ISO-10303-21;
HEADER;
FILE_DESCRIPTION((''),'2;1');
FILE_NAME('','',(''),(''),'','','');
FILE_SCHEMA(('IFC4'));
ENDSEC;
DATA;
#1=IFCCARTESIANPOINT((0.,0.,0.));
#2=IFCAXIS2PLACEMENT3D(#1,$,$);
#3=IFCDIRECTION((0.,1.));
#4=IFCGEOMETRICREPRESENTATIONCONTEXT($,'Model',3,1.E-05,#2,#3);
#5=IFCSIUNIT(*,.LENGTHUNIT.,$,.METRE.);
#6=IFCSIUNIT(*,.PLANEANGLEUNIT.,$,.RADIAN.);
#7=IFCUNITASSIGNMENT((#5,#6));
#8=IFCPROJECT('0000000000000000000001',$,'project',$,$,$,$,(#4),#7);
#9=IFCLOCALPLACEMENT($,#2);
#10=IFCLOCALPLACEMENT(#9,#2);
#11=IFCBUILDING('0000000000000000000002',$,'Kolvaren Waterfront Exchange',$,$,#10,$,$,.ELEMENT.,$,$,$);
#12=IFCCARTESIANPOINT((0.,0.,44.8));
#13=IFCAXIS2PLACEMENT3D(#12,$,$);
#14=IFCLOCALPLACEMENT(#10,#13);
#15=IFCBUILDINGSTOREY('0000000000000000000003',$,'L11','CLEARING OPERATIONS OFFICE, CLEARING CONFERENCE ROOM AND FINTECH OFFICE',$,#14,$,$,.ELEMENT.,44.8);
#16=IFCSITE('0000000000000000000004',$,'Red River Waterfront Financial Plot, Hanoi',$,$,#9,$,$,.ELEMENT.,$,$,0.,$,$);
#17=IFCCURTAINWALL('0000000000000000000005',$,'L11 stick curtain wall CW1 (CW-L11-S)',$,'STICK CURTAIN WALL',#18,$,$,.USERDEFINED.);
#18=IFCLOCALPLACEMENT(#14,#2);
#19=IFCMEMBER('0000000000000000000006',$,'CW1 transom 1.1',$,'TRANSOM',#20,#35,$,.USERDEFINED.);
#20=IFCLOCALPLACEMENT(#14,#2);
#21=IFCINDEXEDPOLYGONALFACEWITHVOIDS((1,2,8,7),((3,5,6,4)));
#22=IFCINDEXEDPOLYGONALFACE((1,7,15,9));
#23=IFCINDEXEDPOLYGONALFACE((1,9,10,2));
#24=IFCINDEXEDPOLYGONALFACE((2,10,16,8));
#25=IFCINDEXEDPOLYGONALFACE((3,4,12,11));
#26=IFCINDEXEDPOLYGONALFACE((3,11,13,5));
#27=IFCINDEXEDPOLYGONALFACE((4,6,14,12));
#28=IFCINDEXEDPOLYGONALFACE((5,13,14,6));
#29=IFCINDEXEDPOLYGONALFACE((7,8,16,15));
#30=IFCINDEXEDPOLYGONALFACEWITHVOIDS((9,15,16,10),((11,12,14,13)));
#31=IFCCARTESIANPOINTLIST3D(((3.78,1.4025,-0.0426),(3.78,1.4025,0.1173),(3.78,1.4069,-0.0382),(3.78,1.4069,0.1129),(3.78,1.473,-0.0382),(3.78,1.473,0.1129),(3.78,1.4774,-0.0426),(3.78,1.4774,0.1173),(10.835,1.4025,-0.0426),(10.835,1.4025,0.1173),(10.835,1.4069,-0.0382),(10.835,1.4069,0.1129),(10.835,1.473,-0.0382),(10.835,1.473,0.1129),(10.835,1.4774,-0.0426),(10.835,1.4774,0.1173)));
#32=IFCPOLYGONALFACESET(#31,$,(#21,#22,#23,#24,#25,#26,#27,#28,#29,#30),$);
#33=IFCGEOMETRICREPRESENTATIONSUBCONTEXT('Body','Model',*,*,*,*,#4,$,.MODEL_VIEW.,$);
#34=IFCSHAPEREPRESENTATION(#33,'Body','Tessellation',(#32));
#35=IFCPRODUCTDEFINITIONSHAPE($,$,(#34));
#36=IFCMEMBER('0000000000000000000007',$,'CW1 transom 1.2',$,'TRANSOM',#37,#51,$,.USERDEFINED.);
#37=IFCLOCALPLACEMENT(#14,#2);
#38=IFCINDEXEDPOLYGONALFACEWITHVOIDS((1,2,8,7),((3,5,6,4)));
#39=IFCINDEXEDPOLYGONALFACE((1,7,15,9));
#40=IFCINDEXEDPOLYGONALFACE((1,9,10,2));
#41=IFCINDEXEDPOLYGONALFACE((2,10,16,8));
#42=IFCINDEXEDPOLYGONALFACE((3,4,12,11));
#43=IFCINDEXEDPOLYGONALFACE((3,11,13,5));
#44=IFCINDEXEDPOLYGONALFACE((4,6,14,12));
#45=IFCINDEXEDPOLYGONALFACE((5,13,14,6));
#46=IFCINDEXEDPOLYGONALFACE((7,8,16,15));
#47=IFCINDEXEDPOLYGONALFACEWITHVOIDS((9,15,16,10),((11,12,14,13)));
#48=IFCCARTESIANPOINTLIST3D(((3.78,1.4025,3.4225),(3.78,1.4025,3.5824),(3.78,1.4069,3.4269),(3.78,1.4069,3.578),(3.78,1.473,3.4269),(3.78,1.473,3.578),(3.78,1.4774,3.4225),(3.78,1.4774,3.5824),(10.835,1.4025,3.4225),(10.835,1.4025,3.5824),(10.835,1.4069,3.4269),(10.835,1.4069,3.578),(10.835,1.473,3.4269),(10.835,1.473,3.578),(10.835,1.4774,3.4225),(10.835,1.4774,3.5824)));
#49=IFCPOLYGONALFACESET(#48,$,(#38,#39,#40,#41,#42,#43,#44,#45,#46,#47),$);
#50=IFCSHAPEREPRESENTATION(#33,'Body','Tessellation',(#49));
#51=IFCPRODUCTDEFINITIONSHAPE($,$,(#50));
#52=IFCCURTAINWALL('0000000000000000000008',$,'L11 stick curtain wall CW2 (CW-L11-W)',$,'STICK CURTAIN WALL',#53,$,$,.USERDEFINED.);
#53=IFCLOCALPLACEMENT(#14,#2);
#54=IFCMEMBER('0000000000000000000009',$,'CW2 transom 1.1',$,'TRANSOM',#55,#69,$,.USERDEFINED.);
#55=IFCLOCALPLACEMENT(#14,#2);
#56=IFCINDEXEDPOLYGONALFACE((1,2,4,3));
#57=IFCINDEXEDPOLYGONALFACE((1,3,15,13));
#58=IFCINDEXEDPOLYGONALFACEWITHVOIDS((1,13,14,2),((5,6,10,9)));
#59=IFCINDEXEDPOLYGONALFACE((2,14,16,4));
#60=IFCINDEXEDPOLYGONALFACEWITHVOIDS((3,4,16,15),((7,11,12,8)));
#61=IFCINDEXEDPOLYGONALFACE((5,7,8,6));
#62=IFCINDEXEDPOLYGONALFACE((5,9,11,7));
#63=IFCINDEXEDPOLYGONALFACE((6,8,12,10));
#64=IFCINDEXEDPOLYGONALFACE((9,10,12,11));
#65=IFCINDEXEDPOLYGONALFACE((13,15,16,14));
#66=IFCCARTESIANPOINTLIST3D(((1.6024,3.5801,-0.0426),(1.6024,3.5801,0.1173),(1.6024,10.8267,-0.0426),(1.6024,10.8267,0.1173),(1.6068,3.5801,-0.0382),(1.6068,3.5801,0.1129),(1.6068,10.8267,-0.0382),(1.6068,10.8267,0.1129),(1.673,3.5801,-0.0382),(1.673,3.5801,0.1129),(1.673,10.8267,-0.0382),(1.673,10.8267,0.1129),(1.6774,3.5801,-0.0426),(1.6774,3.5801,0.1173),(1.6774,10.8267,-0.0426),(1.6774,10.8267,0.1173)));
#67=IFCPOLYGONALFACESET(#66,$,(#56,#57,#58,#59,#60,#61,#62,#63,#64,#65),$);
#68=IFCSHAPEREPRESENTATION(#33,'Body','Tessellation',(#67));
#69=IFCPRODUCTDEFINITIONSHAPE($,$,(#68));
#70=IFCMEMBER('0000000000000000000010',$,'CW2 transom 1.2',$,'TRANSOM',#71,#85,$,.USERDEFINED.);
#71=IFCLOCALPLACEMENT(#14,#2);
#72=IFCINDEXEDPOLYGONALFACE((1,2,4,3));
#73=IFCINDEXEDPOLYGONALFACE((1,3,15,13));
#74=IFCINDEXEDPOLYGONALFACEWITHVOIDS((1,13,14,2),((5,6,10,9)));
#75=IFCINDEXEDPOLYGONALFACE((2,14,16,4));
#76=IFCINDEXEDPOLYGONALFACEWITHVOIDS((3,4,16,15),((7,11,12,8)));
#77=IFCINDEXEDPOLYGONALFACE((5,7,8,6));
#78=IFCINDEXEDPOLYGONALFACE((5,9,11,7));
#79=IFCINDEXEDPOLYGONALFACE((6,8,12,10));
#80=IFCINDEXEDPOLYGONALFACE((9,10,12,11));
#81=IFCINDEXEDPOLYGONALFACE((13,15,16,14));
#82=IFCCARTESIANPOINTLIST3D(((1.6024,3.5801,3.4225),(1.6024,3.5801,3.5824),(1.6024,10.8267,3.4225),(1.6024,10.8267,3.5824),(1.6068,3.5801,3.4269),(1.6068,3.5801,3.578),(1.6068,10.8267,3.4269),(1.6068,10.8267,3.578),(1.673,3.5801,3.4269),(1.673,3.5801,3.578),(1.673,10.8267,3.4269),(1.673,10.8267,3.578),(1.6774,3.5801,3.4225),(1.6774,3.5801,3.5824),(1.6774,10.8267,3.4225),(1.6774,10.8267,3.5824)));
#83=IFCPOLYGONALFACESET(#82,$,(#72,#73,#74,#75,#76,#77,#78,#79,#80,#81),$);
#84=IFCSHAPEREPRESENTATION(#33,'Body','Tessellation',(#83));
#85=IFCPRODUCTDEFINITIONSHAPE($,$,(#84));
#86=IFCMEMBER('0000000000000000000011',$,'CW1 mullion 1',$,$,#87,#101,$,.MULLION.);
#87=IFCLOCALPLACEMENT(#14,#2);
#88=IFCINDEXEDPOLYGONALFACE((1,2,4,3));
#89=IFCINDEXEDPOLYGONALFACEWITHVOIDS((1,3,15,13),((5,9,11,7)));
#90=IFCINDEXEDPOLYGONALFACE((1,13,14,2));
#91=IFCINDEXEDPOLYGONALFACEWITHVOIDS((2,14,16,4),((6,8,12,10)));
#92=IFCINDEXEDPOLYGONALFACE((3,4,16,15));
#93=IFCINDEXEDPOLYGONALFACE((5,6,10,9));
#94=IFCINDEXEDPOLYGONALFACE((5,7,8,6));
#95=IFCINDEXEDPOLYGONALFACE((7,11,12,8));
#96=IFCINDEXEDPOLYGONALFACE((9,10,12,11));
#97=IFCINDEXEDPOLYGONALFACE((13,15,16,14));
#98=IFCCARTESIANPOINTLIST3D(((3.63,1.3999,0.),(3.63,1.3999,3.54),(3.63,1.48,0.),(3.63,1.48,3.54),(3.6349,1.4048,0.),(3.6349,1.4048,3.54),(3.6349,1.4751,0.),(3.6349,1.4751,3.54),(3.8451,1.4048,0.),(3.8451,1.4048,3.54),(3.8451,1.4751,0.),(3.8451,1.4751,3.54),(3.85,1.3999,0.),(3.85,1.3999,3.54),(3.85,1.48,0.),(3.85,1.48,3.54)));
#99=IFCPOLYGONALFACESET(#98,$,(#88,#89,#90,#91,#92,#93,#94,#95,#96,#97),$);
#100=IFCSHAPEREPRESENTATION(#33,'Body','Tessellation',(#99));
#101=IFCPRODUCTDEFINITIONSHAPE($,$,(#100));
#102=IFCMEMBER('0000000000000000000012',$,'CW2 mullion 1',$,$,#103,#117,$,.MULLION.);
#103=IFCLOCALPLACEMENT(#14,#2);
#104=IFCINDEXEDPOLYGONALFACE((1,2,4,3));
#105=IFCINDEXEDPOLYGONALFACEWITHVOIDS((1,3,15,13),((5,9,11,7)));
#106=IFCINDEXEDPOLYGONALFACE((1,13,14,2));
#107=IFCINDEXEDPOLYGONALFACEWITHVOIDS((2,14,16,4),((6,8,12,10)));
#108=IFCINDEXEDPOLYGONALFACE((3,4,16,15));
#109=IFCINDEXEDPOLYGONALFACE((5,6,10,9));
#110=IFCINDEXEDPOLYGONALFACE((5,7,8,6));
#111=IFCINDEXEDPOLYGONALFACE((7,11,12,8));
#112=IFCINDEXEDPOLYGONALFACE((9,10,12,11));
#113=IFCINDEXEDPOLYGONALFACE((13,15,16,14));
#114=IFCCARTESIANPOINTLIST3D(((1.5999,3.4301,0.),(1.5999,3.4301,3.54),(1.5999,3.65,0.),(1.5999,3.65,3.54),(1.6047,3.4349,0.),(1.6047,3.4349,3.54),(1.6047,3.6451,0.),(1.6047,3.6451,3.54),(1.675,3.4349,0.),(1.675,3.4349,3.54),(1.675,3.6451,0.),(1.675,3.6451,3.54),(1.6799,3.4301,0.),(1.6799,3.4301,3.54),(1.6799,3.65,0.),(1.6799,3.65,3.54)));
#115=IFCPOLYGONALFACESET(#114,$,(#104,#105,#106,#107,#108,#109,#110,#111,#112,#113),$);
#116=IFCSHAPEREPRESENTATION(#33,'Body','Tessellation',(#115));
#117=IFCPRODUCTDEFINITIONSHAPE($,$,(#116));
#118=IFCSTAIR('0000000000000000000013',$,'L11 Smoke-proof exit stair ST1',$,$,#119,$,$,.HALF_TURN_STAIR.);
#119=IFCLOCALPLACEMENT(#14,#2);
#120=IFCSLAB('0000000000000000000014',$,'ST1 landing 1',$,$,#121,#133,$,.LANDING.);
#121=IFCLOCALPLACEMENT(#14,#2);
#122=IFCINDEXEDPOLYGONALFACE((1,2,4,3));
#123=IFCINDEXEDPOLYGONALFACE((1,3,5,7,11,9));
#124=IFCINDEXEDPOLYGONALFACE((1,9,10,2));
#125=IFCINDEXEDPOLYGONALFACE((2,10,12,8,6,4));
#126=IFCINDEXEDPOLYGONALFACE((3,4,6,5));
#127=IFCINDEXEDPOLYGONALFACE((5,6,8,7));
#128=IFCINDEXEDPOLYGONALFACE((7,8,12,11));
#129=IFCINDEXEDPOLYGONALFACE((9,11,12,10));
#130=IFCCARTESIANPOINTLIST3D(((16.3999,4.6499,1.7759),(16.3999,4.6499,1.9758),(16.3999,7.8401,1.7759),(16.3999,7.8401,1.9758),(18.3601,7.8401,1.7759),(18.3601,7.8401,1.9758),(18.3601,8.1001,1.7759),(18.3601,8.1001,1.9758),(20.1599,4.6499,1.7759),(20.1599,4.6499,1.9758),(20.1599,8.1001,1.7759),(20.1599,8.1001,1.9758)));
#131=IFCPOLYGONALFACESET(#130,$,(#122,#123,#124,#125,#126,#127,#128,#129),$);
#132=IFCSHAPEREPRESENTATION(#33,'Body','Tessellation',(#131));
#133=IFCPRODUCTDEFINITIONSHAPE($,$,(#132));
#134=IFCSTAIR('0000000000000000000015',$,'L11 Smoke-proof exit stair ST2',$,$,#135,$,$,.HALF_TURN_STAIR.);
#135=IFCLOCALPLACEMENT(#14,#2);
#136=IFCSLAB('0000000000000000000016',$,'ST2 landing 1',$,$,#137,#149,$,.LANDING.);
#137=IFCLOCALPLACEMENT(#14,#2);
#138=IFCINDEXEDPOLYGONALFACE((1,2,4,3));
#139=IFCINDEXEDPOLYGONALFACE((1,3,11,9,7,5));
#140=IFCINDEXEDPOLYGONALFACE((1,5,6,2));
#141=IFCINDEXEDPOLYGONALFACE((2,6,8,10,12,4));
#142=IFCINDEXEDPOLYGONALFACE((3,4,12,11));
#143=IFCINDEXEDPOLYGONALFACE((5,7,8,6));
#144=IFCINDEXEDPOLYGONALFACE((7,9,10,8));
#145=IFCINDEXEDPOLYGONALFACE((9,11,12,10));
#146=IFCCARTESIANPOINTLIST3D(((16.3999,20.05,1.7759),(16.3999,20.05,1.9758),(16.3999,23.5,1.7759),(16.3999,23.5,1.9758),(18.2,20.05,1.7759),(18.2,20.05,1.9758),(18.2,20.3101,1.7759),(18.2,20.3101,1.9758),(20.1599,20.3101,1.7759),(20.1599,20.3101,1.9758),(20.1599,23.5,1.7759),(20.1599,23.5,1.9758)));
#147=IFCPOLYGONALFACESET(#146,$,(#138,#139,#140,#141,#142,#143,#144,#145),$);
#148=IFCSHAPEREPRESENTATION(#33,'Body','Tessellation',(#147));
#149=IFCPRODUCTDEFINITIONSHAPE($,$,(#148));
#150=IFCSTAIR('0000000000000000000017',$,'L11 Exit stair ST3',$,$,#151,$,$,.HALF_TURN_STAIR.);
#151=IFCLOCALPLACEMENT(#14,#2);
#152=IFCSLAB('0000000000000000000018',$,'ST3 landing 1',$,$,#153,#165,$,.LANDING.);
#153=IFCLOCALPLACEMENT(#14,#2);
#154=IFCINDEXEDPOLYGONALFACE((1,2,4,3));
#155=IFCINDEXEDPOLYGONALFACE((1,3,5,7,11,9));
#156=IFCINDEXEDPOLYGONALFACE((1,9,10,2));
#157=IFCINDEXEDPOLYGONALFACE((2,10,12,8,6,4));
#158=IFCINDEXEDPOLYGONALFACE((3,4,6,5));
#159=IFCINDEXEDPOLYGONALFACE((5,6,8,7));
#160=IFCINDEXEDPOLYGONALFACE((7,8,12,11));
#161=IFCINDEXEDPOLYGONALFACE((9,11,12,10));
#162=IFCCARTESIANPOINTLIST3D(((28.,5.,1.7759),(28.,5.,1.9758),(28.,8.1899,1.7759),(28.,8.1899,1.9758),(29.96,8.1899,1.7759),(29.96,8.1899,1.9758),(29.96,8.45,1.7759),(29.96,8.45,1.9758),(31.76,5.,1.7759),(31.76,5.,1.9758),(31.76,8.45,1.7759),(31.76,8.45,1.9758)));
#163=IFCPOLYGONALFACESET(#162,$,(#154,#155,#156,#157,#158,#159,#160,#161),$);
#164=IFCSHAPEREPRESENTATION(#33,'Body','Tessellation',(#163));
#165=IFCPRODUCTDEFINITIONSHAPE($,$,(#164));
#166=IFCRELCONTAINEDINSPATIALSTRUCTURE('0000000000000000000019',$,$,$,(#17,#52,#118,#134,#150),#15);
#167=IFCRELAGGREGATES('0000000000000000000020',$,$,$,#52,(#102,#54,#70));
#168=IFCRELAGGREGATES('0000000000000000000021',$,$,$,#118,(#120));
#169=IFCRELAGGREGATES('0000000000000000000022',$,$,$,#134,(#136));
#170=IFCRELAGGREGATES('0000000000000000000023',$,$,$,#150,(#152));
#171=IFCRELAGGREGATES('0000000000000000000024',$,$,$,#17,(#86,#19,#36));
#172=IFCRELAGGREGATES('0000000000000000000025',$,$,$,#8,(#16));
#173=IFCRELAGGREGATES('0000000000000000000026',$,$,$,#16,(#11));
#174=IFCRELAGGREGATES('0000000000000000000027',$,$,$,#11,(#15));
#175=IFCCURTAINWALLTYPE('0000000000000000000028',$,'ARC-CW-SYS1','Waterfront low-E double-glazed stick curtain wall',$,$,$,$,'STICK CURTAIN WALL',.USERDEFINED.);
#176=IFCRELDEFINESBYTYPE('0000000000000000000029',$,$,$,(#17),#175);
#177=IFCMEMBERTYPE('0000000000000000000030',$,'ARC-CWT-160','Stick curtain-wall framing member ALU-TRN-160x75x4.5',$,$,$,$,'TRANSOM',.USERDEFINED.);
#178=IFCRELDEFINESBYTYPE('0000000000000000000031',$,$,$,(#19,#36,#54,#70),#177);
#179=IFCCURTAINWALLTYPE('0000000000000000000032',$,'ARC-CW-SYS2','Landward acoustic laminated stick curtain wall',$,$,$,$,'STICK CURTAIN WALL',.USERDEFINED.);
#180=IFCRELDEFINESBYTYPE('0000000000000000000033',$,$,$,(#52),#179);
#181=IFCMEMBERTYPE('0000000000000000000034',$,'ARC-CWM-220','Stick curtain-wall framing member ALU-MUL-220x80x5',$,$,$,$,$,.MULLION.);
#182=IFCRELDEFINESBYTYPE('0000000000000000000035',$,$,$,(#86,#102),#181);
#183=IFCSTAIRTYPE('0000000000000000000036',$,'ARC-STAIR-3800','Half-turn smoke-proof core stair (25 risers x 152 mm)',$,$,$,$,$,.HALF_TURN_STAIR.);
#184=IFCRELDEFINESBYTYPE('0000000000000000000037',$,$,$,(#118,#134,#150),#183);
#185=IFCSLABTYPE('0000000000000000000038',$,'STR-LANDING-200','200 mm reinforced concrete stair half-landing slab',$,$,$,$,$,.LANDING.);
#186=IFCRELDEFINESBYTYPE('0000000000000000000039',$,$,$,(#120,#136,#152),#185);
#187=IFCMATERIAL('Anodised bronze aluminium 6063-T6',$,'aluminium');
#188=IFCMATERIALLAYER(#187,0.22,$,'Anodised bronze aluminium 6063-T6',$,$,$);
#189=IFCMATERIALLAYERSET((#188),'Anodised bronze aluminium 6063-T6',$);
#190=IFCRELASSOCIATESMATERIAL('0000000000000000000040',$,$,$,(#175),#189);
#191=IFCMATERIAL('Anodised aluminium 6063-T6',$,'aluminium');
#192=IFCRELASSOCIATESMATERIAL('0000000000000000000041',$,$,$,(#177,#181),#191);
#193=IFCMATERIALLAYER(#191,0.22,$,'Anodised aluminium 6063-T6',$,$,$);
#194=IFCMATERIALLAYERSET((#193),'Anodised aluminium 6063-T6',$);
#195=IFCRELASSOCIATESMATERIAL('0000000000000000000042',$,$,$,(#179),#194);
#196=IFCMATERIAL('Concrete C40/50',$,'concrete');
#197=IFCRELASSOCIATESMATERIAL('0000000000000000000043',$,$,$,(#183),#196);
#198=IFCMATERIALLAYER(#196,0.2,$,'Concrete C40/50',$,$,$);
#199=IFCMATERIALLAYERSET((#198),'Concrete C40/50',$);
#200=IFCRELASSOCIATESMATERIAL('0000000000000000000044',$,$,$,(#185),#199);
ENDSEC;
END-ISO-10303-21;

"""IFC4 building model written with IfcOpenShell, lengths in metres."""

from ifc_helpers import new_model, si_unit, direction, frame, origin, origin_with_axes, origin_2d, place, context, subcontext, project, spatial, polyline, hollow_rectangle, outline, extrude, source, transform, mapped, material, layer, layer_set, material_profile, profile_set, type_object, element, aggregate, save


model = new_model("IFC4")

# Units and contexts
model_context = context("Model", 3, precision=1e-05, world=origin(), true_north=direction((0.0, 1.0)))
body_context = subcontext(model_context, "Body", "Model", "MODEL_VIEW")
ifc_project = project(units=[si_unit("LENGTHUNIT", "METRE"), si_unit("PLANEANGLEUNIT", "RADIAN")], contexts=[model_context])

# Site, building, storey
site_placement = place(None, origin())
site = spatial("IfcSite", under=ifc_project, at=site_placement, Name="Red River Waterfront Financial Plot, Hanoi", CompositionType="ELEMENT", RefElevation=0.0)
building_placement = place(site_placement, origin())
building = spatial("IfcBuilding", under=site, at=building_placement, Name="Kolvaren Waterfront Exchange", CompositionType="ELEMENT")
storey_placement = place(building_placement, frame((0.0, 0.0, 44.8)))
storey = spatial("IfcBuildingStorey", under=building, at=storey_placement, Name="L11", Description="CLEARING OPERATIONS OFFICE, CLEARING CONFERENCE ROOM AND FINTECH OFFICE", CompositionType="ELEMENT", Elevation=44.8)

# Curtain walls, members
ifc_material_1 = material(Name="Anodised bronze aluminium 6063-T6", Category="aluminium")
ifc_layer_1 = layer(ifc_material_1, 0.22, Name="Anodised bronze aluminium 6063-T6")
ifc_layer_set_1 = layer_set([ifc_layer_1], Name="Anodised bronze aluminium 6063-T6")
curtain_wall_type_1 = type_object("IfcCurtainWallType", Name="ARC-CW-SYS1", Description="Waterfront low-E double-glazed stick curtain wall", ElementType="STICK CURTAIN WALL", PredefinedType="USERDEFINED", material=ifc_layer_set_1)
curtain_wall_1_placement = place(storey_placement, origin())
curtain_wall_1 = element("IfcCurtainWall", 1, at=curtain_wall_1_placement, inside=storey, type_object=curtain_wall_type_1, Name="L11 stick curtain wall CW1 (CW-L11-S)", ObjectType="STICK CURTAIN WALL", PredefinedType="USERDEFINED")
ifc_material_2 = material(Name="Anodised aluminium 6063-T6", Category="aluminium")
ifc_material_profile_1 = material_profile(ifc_material_2, hollow_rectangle(XDim=0.075, YDim=0.1599, WallThickness=0.0044, at=origin_2d()), Name="ALU-TRN-160x75x4.5")
ifc_profile_set_1 = profile_set([ifc_material_profile_1], Name="Anodised aluminium 6063-T6")
member_type_1 = type_object("IfcMemberType", Name="ARC-CWT-160", Description="Stick curtain-wall framing member ALU-TRN-160x75x4.5", ElementType="TRANSOM", PredefinedType="USERDEFINED", material=ifc_profile_set_1)
shared_shape_1 = source(origin_with_axes(), body_context, "Body", "SweptSolid", [
    extrude(hollow_rectangle(XDim=0.075, YDim=0.1599, WallThickness=0.0044, at=origin_2d()), origin(), (0.0, 0.0, 1.0), 7.0549),
])
member_1_placement = place(storey_placement, frame((3.78, 1.4399, 0.0374), z_axis=(1.0, 0.0, 0.0), x_axis=(0.0, 1.0, 0.0)))
member_1 = element("IfcMember", 2, at=member_1_placement, type_object=member_type_1, Name="CW1 transom 1.1", ObjectType="TRANSOM", PredefinedType="USERDEFINED", context=body_context, shape_type="MappedRepresentation", body=[
    mapped(shared_shape_1, transform((0.0, 0.0, 0.0), x_axis=(1.0, 0.0, 0.0), y_axis=(0.0, 1.0, 0.0), z_axis=(0.0, 0.0, 1.0), scale=1.0)),
])
member_2_placement = place(storey_placement, frame((3.78, 1.4399, 3.5024), z_axis=(1.0, 0.0, 0.0), x_axis=(0.0, 1.0, 0.0)))
member_2 = element("IfcMember", 3, at=member_2_placement, type_object=member_type_1, Name="CW1 transom 1.2", ObjectType="TRANSOM", PredefinedType="USERDEFINED", context=body_context, shape_type="MappedRepresentation", body=[
    mapped(shared_shape_1, transform((0.0, 0.0, 0.0), x_axis=(1.0, 0.0, 0.0), y_axis=(0.0, 1.0, 0.0), z_axis=(0.0, 0.0, 1.0), scale=1.0)),
])
ifc_layer_2 = layer(ifc_material_2, 0.22, Name="Anodised aluminium 6063-T6")
ifc_layer_set_2 = layer_set([ifc_layer_2], Name="Anodised aluminium 6063-T6")
curtain_wall_type_2 = type_object("IfcCurtainWallType", Name="ARC-CW-SYS2", Description="Landward acoustic laminated stick curtain wall", ElementType="STICK CURTAIN WALL", PredefinedType="USERDEFINED", material=ifc_layer_set_2)
curtain_wall_2_placement = place(storey_placement, origin())
curtain_wall_2 = element("IfcCurtainWall", 4, at=curtain_wall_2_placement, inside=storey, type_object=curtain_wall_type_2, Name="L11 stick curtain wall CW2 (CW-L11-W)", ObjectType="STICK CURTAIN WALL", PredefinedType="USERDEFINED")
shared_shape_2 = source(origin_with_axes(), body_context, "Body", "SweptSolid", [
    extrude(hollow_rectangle(XDim=0.075, YDim=0.1599, WallThickness=0.0044, at=origin_2d()), origin(), (0.0, 0.0, 1.0), 7.2466),
])
member_3_placement = place(storey_placement, frame((1.6399, 3.5801, 0.0374), z_axis=(0.0, 1.0, 0.0), x_axis=(-1.0, 0.0, 0.0)))
member_3 = element("IfcMember", 5, at=member_3_placement, type_object=member_type_1, Name="CW2 transom 1.1", ObjectType="TRANSOM", PredefinedType="USERDEFINED", context=body_context, shape_type="MappedRepresentation", body=[
    mapped(shared_shape_2, transform((0.0, 0.0, 0.0), x_axis=(1.0, 0.0, 0.0), y_axis=(0.0, 1.0, 0.0), z_axis=(0.0, 0.0, 1.0), scale=1.0)),
])
member_4_placement = place(storey_placement, frame((1.6399, 3.5801, 3.5024), z_axis=(0.0, 1.0, 0.0), x_axis=(-1.0, 0.0, 0.0)))
member_4 = element("IfcMember", 6, at=member_4_placement, type_object=member_type_1, Name="CW2 transom 1.2", ObjectType="TRANSOM", PredefinedType="USERDEFINED", context=body_context, shape_type="MappedRepresentation", body=[
    mapped(shared_shape_2, transform((0.0, 0.0, 0.0), x_axis=(1.0, 0.0, 0.0), y_axis=(0.0, 1.0, 0.0), z_axis=(0.0, 0.0, 1.0), scale=1.0)),
])

# Members
ifc_material_profile_2 = material_profile(ifc_material_2, hollow_rectangle(XDim=0.0801, YDim=0.22, WallThickness=0.0049, at=origin_2d()), Name="ALU-MUL-220x80x5")
ifc_profile_set_2 = profile_set([ifc_material_profile_2], Name="Anodised aluminium 6063-T6")
member_type_2 = type_object("IfcMemberType", Name="ARC-CWM-220", Description="Stick curtain-wall framing member ALU-MUL-220x80x5", PredefinedType="MULLION", material=ifc_profile_set_2)
shared_shape_3 = source(origin_with_axes(), body_context, "Body", "SweptSolid", [
    extrude(hollow_rectangle(XDim=0.0801, YDim=0.22, WallThickness=0.0049, at=origin_2d()), origin(), (0.0, 0.0, 1.0), 3.54),
])
member_5_placement = place(storey_placement, frame((3.74, 1.4399, 0.0), z_axis=(0.0, 0.0, 1.0), x_axis=(0.0, 1.0, 0.0)))
member_5 = element("IfcMember", 7, at=member_5_placement, type_object=member_type_2, Name="CW1 mullion 1", PredefinedType="MULLION", context=body_context, shape_type="MappedRepresentation", body=[
    mapped(shared_shape_3, transform((0.0, 0.0, 0.0), x_axis=(1.0, 0.0, 0.0), y_axis=(0.0, 1.0, 0.0), z_axis=(0.0, 0.0, 1.0), scale=1.0)),
])
member_6_placement = place(storey_placement, frame((1.6399, 3.54, 0.0), z_axis=(0.0, 0.0, 1.0), x_axis=(-1.0, 0.0, 0.0)))
member_6 = element("IfcMember", 8, at=member_6_placement, type_object=member_type_2, Name="CW2 mullion 1", PredefinedType="MULLION", context=body_context, shape_type="MappedRepresentation", body=[
    mapped(shared_shape_3, transform((0.0, 0.0, 0.0), x_axis=(1.0, 0.0, 0.0), y_axis=(0.0, 1.0, 0.0), z_axis=(0.0, 0.0, 1.0), scale=1.0)),
])
aggregate(curtain_wall_2, [member_6, member_3, member_4])

# Stairs, slabs
ifc_material_3 = material(Name="Concrete C40/50", Category="concrete")
stair_type = type_object("IfcStairType", Name="ARC-STAIR-3800", Description="Half-turn smoke-proof core stair (25 risers x 152 mm)", PredefinedType="HALF_TURN_STAIR", material=ifc_material_3)
stair_1_placement = place(storey_placement, origin())
stair_1 = element("IfcStair", 9, at=stair_1_placement, inside=storey, type_object=stair_type, Name="L11 Smoke-proof exit stair ST1", PredefinedType="HALF_TURN_STAIR")
ifc_layer_3 = layer(ifc_material_3, 0.2, Name="Concrete C40/50")
ifc_layer_set_3 = layer_set([ifc_layer_3], Name="Concrete C40/50")
slab_type_1 = type_object("IfcSlabType", Name="STR-LANDING-200", Description="200 mm reinforced concrete stair half-landing slab", PredefinedType="LANDING", material=ifc_layer_set_3)
slab_1_placement = place(storey_placement, frame((0.0, 0.0, 1.7759)))
slab_1 = element("IfcSlab", 10, at=slab_1_placement, type_object=slab_type_1, Name="ST1 landing 1", PredefinedType="LANDING", context=body_context, shape_type="SweptSolid", body=[
    extrude(outline(polyline([(16.3999, 7.8401), (16.3999, 4.6499), (20.1599, 4.6499), (20.1599, 8.1001), (18.3601, 8.1001), (18.3601, 7.8401), (16.3999, 7.8401)])), origin(), (0.0, 0.0, 1.0), 0.2),
])
aggregate(stair_1, [slab_1])
stair_2_placement = place(storey_placement, origin())
stair_2 = element("IfcStair", 11, at=stair_2_placement, inside=storey, type_object=stair_type, Name="L11 Smoke-proof exit stair ST2", PredefinedType="HALF_TURN_STAIR")
slab_2_placement = place(storey_placement, frame((0.0, 0.0, 1.7759)))
slab_2 = element("IfcSlab", 12, at=slab_2_placement, type_object=slab_type_1, Name="ST2 landing 1", PredefinedType="LANDING", context=body_context, shape_type="SweptSolid", body=[
    extrude(outline(polyline([(20.1599, 20.3101), (20.1599, 23.5), (16.3999, 23.5), (16.3999, 20.05), (18.2, 20.05), (18.2, 20.3101), (20.1599, 20.3101)])), origin(), (0.0, 0.0, 1.0), 0.2),
])
aggregate(stair_2, [slab_2])
stair_3_placement = place(storey_placement, origin())
stair_3 = element("IfcStair", 13, at=stair_3_placement, inside=storey, type_object=stair_type, Name="L11 Exit stair ST3", PredefinedType="HALF_TURN_STAIR")
slab_3_placement = place(storey_placement, frame((0.0, 0.0, 1.7759)))
slab_3 = element("IfcSlab", 14, at=slab_3_placement, type_object=slab_type_1, Name="ST3 landing 1", PredefinedType="LANDING", context=body_context, shape_type="SweptSolid", body=[
    extrude(outline(polyline([(28.0, 8.1899), (28.0, 5.0), (31.76, 5.0), (31.76, 8.45), (29.96, 8.45), (29.96, 8.1899), (28.0, 8.1899)])), origin(), (0.0, 0.0, 1.0), 0.2),
])
aggregate(stair_3, [slab_3])

aggregate(curtain_wall_1, [member_5, member_1, member_2])

save(model, "model.ifc")
